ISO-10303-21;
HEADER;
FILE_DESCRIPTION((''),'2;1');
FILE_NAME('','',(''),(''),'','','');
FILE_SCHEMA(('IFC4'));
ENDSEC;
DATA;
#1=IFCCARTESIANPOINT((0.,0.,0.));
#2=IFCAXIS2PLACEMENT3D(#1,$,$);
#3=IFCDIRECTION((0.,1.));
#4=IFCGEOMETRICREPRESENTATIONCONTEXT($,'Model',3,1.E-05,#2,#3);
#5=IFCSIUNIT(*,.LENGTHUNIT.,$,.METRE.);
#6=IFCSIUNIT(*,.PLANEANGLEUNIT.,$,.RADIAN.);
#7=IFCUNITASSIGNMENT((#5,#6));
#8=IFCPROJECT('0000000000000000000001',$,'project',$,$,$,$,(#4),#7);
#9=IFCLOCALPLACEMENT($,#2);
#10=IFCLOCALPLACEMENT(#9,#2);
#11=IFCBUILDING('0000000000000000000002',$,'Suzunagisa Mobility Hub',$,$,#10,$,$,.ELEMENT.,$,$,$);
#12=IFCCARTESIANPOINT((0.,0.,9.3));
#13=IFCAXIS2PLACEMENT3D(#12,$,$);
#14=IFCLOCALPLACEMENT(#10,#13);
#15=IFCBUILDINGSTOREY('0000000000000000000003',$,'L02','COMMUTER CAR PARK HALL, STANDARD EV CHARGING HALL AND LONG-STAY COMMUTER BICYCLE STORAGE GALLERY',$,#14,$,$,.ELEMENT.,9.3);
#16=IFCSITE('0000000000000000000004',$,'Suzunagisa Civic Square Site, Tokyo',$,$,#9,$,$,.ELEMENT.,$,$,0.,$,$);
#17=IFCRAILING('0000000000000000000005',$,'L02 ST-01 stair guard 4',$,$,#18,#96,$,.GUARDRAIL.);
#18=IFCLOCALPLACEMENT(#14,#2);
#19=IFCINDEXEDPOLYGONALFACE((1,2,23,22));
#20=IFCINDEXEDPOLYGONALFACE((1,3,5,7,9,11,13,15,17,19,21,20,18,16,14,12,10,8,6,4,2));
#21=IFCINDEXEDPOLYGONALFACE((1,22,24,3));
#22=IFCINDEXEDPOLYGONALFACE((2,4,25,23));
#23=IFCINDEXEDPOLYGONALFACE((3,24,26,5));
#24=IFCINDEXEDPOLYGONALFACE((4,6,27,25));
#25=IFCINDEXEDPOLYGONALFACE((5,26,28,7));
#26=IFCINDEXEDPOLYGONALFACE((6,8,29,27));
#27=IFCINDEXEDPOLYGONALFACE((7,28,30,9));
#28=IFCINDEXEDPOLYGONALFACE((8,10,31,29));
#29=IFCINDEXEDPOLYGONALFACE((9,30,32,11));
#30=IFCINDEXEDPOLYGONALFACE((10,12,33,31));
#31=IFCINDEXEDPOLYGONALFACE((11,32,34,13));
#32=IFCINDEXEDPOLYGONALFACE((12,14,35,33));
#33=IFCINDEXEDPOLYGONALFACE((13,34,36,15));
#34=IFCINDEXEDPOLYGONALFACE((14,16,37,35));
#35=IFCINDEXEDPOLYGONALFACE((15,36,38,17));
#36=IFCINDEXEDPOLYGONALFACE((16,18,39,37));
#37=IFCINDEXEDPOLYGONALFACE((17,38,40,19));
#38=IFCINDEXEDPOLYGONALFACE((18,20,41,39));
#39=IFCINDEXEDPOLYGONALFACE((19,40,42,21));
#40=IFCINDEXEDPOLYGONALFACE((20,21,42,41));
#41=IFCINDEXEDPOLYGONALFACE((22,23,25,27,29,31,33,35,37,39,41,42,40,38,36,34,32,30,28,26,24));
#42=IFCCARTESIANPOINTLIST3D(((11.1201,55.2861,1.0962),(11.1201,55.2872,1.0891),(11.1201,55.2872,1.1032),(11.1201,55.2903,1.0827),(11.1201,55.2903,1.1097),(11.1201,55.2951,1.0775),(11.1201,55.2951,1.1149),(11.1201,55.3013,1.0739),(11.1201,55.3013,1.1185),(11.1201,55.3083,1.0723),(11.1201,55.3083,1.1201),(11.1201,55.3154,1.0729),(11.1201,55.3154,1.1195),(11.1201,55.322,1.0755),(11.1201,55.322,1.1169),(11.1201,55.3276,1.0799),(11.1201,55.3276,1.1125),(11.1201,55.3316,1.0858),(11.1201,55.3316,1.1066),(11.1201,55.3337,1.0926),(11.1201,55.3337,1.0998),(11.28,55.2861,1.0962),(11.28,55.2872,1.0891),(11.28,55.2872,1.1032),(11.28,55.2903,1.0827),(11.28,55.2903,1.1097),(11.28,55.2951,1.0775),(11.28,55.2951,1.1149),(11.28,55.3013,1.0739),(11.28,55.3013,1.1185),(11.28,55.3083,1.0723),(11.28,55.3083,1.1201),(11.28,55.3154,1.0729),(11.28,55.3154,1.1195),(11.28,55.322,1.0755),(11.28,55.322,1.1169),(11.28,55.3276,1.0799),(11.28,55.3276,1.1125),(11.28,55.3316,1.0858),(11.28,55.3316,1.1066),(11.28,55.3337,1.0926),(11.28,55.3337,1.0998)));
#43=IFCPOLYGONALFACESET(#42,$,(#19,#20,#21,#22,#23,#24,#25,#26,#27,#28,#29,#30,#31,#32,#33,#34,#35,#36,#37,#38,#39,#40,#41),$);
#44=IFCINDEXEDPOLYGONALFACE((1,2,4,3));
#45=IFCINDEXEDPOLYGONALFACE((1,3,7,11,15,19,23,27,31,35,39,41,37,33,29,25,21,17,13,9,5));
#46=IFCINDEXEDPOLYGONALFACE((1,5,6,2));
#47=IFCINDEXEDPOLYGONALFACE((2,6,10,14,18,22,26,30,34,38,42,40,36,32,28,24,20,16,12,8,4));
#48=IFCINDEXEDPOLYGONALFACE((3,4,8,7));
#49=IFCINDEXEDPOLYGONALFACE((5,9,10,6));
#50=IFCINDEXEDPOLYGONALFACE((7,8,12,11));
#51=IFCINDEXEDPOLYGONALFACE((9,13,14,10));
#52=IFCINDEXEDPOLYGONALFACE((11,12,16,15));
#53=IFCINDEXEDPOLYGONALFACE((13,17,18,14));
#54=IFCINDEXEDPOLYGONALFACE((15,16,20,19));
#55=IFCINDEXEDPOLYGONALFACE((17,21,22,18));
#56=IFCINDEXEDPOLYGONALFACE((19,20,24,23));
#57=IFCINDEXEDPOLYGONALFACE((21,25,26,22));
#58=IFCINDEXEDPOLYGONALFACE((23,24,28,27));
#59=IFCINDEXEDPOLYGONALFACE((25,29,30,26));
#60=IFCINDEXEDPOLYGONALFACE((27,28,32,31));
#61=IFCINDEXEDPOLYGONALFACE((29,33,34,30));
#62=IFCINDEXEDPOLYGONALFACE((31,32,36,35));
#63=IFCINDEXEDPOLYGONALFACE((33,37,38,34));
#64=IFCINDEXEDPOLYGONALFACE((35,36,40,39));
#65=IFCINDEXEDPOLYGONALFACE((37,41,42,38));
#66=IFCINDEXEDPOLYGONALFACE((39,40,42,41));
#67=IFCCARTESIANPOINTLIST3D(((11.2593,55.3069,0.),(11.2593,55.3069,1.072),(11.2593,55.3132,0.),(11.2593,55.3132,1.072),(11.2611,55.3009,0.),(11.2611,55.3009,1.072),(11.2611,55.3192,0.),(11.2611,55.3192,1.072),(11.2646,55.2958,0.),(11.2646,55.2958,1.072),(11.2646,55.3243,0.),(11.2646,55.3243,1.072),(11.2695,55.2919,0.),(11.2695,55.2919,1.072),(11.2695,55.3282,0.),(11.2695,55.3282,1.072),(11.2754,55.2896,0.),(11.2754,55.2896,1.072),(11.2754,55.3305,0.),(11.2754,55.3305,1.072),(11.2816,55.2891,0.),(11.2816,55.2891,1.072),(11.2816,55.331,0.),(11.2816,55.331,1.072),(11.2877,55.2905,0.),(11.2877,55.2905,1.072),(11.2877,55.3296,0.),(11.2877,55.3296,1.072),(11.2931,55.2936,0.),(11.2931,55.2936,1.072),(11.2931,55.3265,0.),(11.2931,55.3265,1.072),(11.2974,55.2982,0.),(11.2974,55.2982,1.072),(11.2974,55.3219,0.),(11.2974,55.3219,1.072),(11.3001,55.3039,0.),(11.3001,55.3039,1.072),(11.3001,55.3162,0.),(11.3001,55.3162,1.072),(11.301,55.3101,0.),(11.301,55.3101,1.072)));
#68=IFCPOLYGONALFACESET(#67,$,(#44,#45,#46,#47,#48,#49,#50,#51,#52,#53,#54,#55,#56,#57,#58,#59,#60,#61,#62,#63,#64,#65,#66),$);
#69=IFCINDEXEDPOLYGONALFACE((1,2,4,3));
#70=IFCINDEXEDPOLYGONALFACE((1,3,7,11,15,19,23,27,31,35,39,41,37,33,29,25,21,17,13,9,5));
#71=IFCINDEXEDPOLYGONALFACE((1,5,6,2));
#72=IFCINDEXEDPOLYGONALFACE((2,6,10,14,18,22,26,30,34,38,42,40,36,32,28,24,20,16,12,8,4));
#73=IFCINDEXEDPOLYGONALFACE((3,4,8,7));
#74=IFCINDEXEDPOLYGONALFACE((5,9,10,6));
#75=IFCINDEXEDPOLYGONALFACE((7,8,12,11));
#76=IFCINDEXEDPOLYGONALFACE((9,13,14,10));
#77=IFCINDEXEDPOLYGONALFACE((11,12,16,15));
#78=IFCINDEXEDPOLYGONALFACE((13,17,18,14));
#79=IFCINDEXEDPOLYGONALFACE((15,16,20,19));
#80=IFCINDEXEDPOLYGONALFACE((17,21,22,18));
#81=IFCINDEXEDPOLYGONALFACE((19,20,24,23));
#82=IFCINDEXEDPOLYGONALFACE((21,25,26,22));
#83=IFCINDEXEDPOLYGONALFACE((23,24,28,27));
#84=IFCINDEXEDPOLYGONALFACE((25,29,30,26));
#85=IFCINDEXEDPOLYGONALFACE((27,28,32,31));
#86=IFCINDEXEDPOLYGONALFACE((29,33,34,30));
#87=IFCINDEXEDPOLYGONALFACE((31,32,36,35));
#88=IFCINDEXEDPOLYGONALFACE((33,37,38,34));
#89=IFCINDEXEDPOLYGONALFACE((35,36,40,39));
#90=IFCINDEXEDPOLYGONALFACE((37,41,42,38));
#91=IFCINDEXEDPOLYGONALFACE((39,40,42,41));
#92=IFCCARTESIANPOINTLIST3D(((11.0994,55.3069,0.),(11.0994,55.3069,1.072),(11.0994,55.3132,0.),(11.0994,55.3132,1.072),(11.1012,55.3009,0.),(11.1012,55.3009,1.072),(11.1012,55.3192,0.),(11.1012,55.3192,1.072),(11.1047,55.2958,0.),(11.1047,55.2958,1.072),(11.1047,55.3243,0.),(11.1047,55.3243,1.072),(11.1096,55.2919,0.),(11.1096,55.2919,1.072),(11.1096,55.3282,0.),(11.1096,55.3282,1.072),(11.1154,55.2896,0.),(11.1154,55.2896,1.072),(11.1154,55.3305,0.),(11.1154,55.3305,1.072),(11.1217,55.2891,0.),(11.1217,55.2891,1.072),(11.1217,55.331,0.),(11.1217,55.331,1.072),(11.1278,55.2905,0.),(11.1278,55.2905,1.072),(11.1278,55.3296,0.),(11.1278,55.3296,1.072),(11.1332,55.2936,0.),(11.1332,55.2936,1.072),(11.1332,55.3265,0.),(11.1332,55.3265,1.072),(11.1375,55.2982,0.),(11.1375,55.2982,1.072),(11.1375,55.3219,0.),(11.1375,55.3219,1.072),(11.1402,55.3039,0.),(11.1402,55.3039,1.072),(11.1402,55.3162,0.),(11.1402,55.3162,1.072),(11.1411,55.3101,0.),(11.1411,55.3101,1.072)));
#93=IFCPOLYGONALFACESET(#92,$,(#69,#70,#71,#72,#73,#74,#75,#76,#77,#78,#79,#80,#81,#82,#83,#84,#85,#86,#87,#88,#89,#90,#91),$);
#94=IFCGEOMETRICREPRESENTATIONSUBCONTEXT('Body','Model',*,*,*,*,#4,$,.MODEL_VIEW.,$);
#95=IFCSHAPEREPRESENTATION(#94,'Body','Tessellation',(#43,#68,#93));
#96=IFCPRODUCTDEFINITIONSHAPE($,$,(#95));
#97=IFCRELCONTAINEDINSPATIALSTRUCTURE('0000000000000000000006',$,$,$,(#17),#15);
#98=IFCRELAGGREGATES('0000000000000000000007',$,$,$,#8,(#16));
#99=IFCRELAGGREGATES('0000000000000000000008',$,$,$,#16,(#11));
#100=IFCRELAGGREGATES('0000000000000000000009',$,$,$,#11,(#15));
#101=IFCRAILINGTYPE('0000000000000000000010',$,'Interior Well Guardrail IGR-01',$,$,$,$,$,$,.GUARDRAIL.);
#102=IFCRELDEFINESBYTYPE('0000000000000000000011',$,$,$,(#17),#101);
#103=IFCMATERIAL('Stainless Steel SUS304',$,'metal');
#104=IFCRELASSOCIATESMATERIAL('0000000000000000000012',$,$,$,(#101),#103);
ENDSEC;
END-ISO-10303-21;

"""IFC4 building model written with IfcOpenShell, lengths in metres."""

from ifc_helpers import new_model, si_unit, direction, frame, origin, origin_2d, place, context, subcontext, project, spatial, circle, extrude, material, type_object, element, save


model = new_model("IFC4")

# Units and contexts
model_context = context("Model", 3, precision=1e-05, world=origin(), true_north=direction((0.0, 1.0)))
body_context = subcontext(model_context, "Body", "Model", "MODEL_VIEW")
ifc_project = project(units=[si_unit("LENGTHUNIT", "METRE"), si_unit("PLANEANGLEUNIT", "RADIAN")], contexts=[model_context])

# Site, building, storey
site_placement = place(None, origin())
site = spatial("IfcSite", under=ifc_project, at=site_placement, Name="Suzunagisa Civic Square Site, Tokyo", CompositionType="ELEMENT", RefElevation=0.0)
building_placement = place(site_placement, origin())
building = spatial("IfcBuilding", under=site, at=building_placement, Name="Suzunagisa Mobility Hub", CompositionType="ELEMENT")
storey_placement = place(building_placement, frame((0.0, 0.0, 9.3)))
storey = spatial("IfcBuildingStorey", under=building, at=storey_placement, Name="L02", Description="COMMUTER CAR PARK HALL, STANDARD EV CHARGING HALL AND LONG-STAY COMMUTER BICYCLE STORAGE GALLERY", CompositionType="ELEMENT", Elevation=9.3)

# Railing
ifc_material_1 = material(Name="Stainless Steel SUS304", Category="metal")
railing_type_1 = type_object("IfcRailingType", Name="Interior Well Guardrail IGR-01", PredefinedType="GUARDRAIL", material=ifc_material_1)
railing_1_placement = place(storey_placement, frame((11.28, 55.3101, 0.0)))
element("IfcRailing", 1, at=railing_1_placement, inside=storey, type_object=railing_type_1, Name="L02 ST-01 stair guard 4", PredefinedType="GUARDRAIL", context=body_context, shape_type="SweptSolid", body=[
    extrude(circle(Radius=0.0239, at=origin_2d()), frame((0.0, 0.0, 1.0962), z_axis=(-1.0, 0.0, 0.0), x_axis=(0.0, -1.0, 0.0)), (0.0, 0.0, 1.0), 0.1599),
    extrude(circle(Radius=0.021, at=origin_2d()), origin(), (0.0, 0.0, 1.0), 1.072),
    extrude(circle(Radius=0.021, at=origin_2d()), frame((-0.1599, 0.0, 0.0)), (0.0, 0.0, 1.0), 1.072),
])

save(model, "model.ifc")
